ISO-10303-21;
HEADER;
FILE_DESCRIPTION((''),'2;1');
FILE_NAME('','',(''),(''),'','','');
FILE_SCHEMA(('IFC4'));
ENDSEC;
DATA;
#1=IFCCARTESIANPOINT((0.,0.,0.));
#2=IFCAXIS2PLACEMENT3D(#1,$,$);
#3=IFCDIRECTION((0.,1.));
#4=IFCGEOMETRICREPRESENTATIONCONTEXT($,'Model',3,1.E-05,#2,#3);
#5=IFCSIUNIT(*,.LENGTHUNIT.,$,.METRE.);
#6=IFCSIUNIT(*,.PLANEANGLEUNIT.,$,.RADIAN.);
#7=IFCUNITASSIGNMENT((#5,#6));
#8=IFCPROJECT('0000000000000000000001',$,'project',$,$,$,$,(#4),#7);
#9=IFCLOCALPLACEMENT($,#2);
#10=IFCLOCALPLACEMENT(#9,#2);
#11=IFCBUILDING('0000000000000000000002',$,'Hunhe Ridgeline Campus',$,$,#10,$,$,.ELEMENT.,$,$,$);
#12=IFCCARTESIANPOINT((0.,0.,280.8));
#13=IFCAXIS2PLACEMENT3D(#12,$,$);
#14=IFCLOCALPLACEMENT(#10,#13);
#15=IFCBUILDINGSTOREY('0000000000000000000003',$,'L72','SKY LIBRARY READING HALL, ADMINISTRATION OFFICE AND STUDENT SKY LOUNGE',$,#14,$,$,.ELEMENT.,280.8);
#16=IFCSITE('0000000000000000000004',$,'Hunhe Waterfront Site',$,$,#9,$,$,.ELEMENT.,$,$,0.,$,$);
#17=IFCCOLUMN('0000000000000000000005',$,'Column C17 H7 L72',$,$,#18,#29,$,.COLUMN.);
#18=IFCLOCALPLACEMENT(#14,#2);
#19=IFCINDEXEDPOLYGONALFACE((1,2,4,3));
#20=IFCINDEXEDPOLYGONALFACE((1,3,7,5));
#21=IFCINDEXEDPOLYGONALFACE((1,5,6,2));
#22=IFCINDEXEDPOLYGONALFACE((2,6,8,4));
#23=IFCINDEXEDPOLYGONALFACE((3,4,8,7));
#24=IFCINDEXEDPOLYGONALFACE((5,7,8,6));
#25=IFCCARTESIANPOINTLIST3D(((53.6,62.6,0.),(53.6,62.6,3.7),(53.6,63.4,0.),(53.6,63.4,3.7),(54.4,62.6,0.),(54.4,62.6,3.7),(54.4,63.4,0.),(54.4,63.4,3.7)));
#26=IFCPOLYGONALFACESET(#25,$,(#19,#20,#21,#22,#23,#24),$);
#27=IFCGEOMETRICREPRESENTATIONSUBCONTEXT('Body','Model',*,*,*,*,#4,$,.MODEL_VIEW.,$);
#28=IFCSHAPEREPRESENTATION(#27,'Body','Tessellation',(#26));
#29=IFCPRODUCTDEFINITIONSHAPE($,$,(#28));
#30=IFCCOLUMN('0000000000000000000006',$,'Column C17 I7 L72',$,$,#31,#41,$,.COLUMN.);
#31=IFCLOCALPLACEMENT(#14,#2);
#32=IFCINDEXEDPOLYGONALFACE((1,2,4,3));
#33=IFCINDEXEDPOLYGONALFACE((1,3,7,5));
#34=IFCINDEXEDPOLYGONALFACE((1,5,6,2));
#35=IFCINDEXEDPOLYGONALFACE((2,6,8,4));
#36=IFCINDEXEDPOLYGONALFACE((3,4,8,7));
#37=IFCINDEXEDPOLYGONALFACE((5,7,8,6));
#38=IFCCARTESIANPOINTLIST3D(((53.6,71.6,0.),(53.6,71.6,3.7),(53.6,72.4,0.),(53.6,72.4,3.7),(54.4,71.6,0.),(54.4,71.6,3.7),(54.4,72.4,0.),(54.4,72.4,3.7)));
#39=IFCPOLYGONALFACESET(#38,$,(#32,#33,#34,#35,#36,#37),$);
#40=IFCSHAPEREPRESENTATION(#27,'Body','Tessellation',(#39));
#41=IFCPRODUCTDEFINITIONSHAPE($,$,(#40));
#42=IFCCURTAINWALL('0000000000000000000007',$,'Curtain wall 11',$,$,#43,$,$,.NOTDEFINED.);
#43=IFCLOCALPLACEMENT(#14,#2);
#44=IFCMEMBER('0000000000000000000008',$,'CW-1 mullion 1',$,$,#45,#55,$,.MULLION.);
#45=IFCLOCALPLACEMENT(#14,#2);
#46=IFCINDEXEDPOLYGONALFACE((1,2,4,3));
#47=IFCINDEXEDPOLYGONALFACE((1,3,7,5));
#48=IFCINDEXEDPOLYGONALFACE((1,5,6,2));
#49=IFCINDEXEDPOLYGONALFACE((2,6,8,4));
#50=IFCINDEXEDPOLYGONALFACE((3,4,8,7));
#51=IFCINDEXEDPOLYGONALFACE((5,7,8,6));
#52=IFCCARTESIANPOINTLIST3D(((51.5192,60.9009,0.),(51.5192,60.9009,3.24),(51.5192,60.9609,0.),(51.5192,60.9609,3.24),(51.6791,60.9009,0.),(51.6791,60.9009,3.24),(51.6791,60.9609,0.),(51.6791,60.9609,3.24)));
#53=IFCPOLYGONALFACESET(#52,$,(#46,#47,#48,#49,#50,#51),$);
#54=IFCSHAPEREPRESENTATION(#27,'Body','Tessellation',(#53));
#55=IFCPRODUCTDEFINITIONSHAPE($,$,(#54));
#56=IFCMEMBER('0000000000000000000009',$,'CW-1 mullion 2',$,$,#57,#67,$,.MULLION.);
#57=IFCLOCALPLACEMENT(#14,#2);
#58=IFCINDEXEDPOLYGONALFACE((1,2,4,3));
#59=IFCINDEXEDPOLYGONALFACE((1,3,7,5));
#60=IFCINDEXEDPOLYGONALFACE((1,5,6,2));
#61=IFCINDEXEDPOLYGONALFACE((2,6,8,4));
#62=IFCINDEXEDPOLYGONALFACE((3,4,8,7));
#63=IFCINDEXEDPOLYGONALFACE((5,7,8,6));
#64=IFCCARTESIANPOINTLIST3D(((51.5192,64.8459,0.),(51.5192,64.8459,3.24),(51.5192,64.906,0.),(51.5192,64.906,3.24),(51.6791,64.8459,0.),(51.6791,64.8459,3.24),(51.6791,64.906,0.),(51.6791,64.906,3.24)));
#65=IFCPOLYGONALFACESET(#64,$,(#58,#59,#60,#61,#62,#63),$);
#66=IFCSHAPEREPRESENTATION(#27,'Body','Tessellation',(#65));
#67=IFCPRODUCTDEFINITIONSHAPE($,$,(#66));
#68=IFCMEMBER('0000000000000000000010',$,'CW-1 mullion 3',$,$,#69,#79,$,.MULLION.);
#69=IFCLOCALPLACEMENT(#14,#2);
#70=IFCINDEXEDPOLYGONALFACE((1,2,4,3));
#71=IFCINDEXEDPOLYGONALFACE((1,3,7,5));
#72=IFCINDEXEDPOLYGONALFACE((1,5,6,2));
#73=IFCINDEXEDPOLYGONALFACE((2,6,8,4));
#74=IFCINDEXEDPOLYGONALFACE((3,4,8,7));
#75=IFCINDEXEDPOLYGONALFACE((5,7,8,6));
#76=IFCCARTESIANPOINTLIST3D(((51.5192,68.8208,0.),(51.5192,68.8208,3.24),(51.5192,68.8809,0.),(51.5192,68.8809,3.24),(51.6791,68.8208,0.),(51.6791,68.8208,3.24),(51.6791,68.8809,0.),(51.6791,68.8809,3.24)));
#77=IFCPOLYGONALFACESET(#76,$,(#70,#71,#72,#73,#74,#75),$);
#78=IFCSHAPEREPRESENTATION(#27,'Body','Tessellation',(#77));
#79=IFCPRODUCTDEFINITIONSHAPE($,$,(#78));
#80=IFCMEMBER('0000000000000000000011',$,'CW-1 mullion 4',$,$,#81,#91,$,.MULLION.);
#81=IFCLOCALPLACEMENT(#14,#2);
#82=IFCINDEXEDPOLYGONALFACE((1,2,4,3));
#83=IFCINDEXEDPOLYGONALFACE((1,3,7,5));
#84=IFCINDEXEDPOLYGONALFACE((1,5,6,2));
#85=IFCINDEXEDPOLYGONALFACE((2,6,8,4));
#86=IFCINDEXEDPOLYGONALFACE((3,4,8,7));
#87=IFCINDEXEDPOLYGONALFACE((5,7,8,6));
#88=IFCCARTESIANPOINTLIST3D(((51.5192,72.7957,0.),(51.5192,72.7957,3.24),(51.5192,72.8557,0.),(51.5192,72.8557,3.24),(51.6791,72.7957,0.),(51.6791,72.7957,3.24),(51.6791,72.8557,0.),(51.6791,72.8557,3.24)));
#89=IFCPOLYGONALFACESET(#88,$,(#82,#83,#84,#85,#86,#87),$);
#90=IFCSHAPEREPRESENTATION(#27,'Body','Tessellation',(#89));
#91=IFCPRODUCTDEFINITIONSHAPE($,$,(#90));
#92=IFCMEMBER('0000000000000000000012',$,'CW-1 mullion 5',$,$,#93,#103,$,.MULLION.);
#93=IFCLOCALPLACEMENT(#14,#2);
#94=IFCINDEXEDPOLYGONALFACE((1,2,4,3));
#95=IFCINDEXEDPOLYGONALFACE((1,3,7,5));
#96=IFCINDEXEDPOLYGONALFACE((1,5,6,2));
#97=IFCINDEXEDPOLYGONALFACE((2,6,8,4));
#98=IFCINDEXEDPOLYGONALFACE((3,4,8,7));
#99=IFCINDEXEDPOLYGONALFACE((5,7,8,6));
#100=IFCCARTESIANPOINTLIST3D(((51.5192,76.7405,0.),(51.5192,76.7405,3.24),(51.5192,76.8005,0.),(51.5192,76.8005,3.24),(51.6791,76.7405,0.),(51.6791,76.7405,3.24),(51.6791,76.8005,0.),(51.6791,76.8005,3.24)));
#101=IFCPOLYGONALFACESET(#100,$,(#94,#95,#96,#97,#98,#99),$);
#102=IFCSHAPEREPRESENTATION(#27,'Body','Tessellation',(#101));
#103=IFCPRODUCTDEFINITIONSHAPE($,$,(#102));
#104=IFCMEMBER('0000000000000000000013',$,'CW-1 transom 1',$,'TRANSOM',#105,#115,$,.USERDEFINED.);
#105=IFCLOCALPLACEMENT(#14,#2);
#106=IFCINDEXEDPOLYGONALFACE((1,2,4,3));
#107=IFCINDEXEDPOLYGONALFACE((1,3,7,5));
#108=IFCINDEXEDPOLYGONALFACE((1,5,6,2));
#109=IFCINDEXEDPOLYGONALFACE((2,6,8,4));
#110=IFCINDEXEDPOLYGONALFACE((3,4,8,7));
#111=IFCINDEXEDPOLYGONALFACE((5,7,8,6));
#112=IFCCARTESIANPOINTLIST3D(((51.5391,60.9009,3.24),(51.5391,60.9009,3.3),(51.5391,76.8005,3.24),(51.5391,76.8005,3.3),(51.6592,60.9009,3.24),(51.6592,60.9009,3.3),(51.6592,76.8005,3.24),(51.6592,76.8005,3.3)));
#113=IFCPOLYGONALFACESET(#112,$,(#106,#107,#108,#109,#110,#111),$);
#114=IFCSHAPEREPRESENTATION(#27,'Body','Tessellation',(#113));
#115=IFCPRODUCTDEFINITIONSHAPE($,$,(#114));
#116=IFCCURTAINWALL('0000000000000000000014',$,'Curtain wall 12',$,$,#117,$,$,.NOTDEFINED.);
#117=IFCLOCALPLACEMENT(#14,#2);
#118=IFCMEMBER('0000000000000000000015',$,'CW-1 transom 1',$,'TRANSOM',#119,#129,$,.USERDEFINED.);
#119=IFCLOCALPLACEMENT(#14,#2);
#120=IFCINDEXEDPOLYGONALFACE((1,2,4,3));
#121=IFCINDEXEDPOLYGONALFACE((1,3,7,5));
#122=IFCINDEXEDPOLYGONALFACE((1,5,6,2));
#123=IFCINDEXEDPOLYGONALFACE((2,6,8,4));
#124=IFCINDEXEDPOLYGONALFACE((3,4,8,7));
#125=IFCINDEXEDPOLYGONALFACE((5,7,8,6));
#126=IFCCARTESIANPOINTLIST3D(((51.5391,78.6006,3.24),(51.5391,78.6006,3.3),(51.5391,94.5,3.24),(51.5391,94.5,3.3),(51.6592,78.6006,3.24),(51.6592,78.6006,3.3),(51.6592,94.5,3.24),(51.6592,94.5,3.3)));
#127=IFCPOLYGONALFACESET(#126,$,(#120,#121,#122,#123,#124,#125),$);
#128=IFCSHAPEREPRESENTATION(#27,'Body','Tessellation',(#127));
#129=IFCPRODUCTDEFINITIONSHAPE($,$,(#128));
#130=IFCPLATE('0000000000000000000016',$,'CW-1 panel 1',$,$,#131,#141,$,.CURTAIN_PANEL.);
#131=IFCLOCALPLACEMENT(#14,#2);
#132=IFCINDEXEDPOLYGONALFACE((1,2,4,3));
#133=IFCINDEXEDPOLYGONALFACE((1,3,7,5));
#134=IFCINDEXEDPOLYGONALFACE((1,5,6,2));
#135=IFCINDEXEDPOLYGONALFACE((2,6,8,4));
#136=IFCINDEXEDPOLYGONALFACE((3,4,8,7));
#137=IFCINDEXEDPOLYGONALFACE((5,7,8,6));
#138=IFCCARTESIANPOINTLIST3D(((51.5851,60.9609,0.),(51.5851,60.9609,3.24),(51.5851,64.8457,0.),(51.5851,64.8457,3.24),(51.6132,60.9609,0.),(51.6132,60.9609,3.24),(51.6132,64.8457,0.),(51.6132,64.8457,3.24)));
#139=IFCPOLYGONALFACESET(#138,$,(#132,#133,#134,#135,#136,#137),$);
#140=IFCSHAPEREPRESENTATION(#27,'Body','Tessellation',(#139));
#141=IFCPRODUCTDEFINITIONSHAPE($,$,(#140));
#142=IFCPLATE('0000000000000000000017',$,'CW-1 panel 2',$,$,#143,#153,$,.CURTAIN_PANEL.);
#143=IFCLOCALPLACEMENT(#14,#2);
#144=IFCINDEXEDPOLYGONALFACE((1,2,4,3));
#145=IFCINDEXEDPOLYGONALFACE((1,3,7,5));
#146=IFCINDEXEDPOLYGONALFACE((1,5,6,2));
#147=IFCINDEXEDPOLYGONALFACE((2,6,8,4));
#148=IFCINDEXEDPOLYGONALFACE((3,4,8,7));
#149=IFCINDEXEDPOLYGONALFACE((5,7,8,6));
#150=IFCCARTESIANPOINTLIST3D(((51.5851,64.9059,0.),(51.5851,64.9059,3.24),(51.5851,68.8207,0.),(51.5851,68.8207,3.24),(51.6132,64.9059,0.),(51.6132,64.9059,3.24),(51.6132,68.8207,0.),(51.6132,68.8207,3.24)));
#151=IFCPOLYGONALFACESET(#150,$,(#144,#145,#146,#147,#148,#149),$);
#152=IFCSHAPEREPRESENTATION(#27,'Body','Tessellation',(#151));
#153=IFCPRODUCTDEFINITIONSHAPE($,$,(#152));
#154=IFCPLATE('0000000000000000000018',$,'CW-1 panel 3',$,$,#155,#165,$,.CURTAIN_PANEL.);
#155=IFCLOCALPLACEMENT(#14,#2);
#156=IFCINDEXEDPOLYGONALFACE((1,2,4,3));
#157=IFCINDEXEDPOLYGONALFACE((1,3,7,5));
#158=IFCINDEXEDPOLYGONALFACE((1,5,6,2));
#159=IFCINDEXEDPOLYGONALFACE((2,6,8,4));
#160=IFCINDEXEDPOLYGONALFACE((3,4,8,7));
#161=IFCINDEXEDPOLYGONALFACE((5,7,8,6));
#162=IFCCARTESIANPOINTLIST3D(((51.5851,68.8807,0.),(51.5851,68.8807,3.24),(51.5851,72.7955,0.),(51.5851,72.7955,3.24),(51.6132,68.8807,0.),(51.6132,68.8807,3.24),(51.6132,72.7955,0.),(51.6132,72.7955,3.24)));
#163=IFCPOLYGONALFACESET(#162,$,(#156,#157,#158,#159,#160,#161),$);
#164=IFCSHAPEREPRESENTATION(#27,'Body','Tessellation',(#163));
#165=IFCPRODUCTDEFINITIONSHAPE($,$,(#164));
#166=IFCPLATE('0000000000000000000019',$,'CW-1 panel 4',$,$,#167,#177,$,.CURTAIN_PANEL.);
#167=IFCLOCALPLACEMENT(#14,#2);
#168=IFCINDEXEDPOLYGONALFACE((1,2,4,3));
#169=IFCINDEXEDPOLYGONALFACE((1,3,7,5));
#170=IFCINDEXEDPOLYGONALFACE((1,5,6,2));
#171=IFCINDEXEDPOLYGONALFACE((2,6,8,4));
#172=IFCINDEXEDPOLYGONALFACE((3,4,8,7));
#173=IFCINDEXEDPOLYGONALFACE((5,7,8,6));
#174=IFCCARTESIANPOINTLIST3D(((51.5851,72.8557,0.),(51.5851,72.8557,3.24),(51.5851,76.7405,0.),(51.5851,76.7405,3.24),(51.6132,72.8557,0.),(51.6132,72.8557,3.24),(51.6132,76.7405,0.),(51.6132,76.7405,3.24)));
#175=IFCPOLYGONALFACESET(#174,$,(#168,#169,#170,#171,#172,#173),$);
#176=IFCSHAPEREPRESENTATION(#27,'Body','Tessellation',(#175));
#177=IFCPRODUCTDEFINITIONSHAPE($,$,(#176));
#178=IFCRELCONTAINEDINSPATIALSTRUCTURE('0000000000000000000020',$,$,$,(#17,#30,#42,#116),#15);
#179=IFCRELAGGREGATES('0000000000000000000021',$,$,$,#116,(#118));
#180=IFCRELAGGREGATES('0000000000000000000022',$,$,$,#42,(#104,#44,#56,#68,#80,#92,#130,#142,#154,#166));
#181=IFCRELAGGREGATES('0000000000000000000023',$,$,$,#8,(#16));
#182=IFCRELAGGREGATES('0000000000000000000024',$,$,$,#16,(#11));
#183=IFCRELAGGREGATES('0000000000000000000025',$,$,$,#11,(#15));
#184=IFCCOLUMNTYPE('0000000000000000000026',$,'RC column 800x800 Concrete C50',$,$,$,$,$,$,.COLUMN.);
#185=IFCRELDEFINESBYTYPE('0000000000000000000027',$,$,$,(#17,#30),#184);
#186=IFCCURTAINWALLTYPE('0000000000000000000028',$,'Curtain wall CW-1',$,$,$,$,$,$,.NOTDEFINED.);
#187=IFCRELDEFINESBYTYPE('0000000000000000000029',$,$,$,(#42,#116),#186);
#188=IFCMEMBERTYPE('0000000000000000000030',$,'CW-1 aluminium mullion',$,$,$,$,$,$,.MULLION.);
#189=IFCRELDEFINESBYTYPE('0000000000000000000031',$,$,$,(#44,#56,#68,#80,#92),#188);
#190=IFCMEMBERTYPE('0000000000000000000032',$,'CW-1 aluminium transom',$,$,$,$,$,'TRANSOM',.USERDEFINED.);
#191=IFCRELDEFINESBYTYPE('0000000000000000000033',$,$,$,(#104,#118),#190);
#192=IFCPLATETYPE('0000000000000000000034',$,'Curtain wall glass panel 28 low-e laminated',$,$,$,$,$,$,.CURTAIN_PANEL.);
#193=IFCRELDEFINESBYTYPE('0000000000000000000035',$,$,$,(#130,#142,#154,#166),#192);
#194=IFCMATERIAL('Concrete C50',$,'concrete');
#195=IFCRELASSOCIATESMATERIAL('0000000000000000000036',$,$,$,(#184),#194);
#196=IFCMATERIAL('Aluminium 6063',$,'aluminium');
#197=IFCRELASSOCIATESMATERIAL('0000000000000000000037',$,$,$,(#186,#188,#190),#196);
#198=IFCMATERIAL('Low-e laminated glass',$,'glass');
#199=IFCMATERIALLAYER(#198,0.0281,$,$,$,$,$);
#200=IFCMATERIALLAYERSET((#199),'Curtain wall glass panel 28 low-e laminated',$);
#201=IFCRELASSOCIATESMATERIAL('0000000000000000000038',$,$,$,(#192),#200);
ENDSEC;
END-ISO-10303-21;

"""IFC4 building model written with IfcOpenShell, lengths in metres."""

from ifc_helpers import new_model, si_unit, direction, frame, origin, origin_2d, place, context, subcontext, project, spatial, rectangle, extrude, material, layer, layer_set, material_profile, profile_set, type_object, element, aggregate, save


model = new_model("IFC4")

# Units and contexts
model_context = context("Model", 3, precision=1e-05, world=origin(), true_north=direction((0.0, 1.0)))
body_context = subcontext(model_context, "Body", "Model", "MODEL_VIEW")
ifc_project = project(units=[si_unit("LENGTHUNIT", "METRE"), si_unit("PLANEANGLEUNIT", "RADIAN")], contexts=[model_context])

# Site, building, storey
site_placement = place(None, origin())
site = spatial("IfcSite", under=ifc_project, at=site_placement, Name="Hunhe Waterfront Site", CompositionType="ELEMENT", RefElevation=0.0)
building_placement = place(site_placement, origin())
building = spatial("IfcBuilding", under=site, at=building_placement, Name="Hunhe Ridgeline Campus", CompositionType="ELEMENT")
storey_placement = place(building_placement, frame((0.0, 0.0, 280.8)))
storey = spatial("IfcBuildingStorey", under=building, at=storey_placement, Name="L72", Description="SKY LIBRARY READING HALL, ADMINISTRATION OFFICE AND STUDENT SKY LOUNGE", CompositionType="ELEMENT", Elevation=280.8)

# Columns
ifc_material_1 = material(Name="Concrete C50", Category="concrete")
ifc_material_profile_1 = material_profile(ifc_material_1, rectangle(XDim=0.8, YDim=0.8, at=origin_2d()))
ifc_profile_set_1 = profile_set([ifc_material_profile_1], Name="Concrete C50")
column_type = type_object("IfcColumnType", Name="RC column 800x800 Concrete C50", PredefinedType="COLUMN", material=ifc_profile_set_1)
for number, where, z_axis, x_axis, name in (
    (1, (54.0, 63.0, 0.0), (0.0, 0.0, 1.0), (1.0, 0.0, 0.0), "Column C17 H7 L72"),
    (2, (54.0, 72.0, 0.0), (0.0, 0.0, 1.0), (1.0, 0.0, 0.0), "Column C17 I7 L72"),
):
    element("IfcColumn", number, at=place(storey_placement, frame(where, z_axis=z_axis, x_axis=x_axis)), inside=storey, type_object=column_type, Name=name, PredefinedType="COLUMN", context=body_context, shape_type="SweptSolid", body=[
        extrude(rectangle(XDim=0.8, YDim=0.8, at=origin_2d()), origin(), (0.0, 0.0, 1.0), 3.7),
    ])

# Curtain wall, members
ifc_material_2 = material(Name="Aluminium 6063", Category="aluminium")
curtain_wall_type = type_object("IfcCurtainWallType", Name="Curtain wall CW-1", PredefinedType="NOTDEFINED", material=ifc_material_2)
curtain_wall_1_placement = place(storey_placement, origin())
curtain_wall_1 = element("IfcCurtainWall", 3, at=curtain_wall_1_placement, inside=storey, type_object=curtain_wall_type, Name="Curtain wall 11", PredefinedType="NOTDEFINED")
ifc_material_profile_2 = material_profile(ifc_material_2, rectangle(XDim=0.1599, YDim=0.0601, at=origin_2d()))
ifc_profile_set_2 = profile_set([ifc_material_profile_2], Name="Aluminium 6063")
member_type_1 = type_object("IfcMemberType", Name="CW-1 aluminium mullion", PredefinedType="MULLION", material=ifc_profile_set_2)
member_1_placement = place(storey_placement, frame((51.5991, 60.9309, 0.0), z_axis=(0.0, 0.0, 1.0), x_axis=(-1.0, 0.0, 0.0)))
member_1 = element("IfcMember", 4, at=member_1_placement, type_object=member_type_1, Name="CW-1 mullion 1", PredefinedType="MULLION", context=body_context, shape_type="SweptSolid", body=[
    extrude(rectangle(XDim=0.1599, YDim=0.0601, at=origin_2d()), origin(), (0.0, 0.0, 1.0), 3.24),
])
member_2_placement = place(storey_placement, frame((51.5991, 64.876, 0.0), z_axis=(0.0, 0.0, 1.0), x_axis=(-1.0, 0.0, 0.0)))
member_2 = element("IfcMember", 5, at=member_2_placement, type_object=member_type_1, Name="CW-1 mullion 2", PredefinedType="MULLION", context=body_context, shape_type="SweptSolid", body=[
    extrude(rectangle(XDim=0.1599, YDim=0.0601, at=origin_2d()), origin(), (0.0, 0.0, 1.0), 3.24),
])
member_3_placement = place(storey_placement, frame((51.5991, 68.8508, 0.0), z_axis=(0.0, 0.0, 1.0), x_axis=(-1.0, 0.0, 0.0)))
member_3 = element("IfcMember", 6, at=member_3_placement, type_object=member_type_1, Name="CW-1 mullion 3", PredefinedType="MULLION", context=body_context, shape_type="SweptSolid", body=[
    extrude(rectangle(XDim=0.1599, YDim=0.0601, at=origin_2d()), origin(), (0.0, 0.0, 1.0), 3.24),
])
member_4_placement = place(storey_placement, frame((51.5991, 72.8257, 0.0), z_axis=(0.0, 0.0, 1.0), x_axis=(-1.0, 0.0, 0.0)))
member_4 = element("IfcMember", 7, at=member_4_placement, type_object=member_type_1, Name="CW-1 mullion 4", PredefinedType="MULLION", context=body_context, shape_type="SweptSolid", body=[
    extrude(rectangle(XDim=0.1599, YDim=0.0601, at=origin_2d()), origin(), (0.0, 0.0, 1.0), 3.24),
])
member_5_placement = place(storey_placement, frame((51.5991, 76.7705, 0.0), z_axis=(0.0, 0.0, 1.0), x_axis=(-1.0, 0.0, 0.0)))
member_5 = element("IfcMember", 8, at=member_5_placement, type_object=member_type_1, Name="CW-1 mullion 5", PredefinedType="MULLION", context=body_context, shape_type="SweptSolid", body=[
    extrude(rectangle(XDim=0.1599, YDim=0.0601, at=origin_2d()), origin(), (0.0, 0.0, 1.0), 3.24),
])
ifc_material_profile_3 = material_profile(ifc_material_2, rectangle(XDim=0.1201, YDim=0.0601, at=origin_2d()))
ifc_profile_set_3 = profile_set([ifc_material_profile_3], Name="Aluminium 6063")
member_type_2 = type_object("IfcMemberType", Name="CW-1 aluminium transom", ElementType="TRANSOM", PredefinedType="USERDEFINED", material=ifc_profile_set_3)
member_6_placement = place(storey_placement, frame((51.5991, 60.9009, 3.27), z_axis=(0.0, 1.0, 0.0), x_axis=(-1.0, 0.0, 0.0)))
member_6 = element("IfcMember", 9, at=member_6_placement, type_object=member_type_2, Name="CW-1 transom 1", ObjectType="TRANSOM", PredefinedType="USERDEFINED", context=body_context, shape_type="SweptSolid", body=[
    extrude(rectangle(XDim=0.1201, YDim=0.0601, at=origin_2d()), origin(), (0.0, 0.0, 1.0), 15.8997),
])

# Curtain wall, member
curtain_wall_2_placement = place(storey_placement, origin())
curtain_wall_2 = element("IfcCurtainWall", 10, at=curtain_wall_2_placement, inside=storey, type_object=curtain_wall_type, Name="Curtain wall 12", PredefinedType="NOTDEFINED")
member_7_placement = place(storey_placement, frame((51.5991, 78.6006, 3.27), z_axis=(0.0, 1.0, 0.0), x_axis=(-1.0, 0.0, 0.0)))
member_7 = element("IfcMember", 11, at=member_7_placement, type_object=member_type_2, Name="CW-1 transom 1", ObjectType="TRANSOM", PredefinedType="USERDEFINED", context=body_context, shape_type="SweptSolid", body=[
    extrude(rectangle(XDim=0.1201, YDim=0.0601, at=origin_2d()), origin(), (0.0, 0.0, 1.0), 15.8994),
])
aggregate(curtain_wall_2, [member_7])

# Plates
ifc_material_3 = material(Name="Low-e laminated glass", Category="glass")
ifc_layer_1 = layer(ifc_material_3, 0.0281)
ifc_layer_set_1 = layer_set([ifc_layer_1], Name="Curtain wall glass panel 28 low-e laminated")
plate_type = type_object("IfcPlateType", Name="Curtain wall glass panel 28 low-e laminated", PredefinedType="CURTAIN_PANEL", material=ifc_layer_set_1)
plate_1_placement = place(storey_placement, frame((51.5991, 62.9033, 0.0), z_axis=(0.0, 0.0, 1.0), x_axis=(0.0, 1.0, 0.0)))
plate_1 = element("IfcPlate", 12, at=plate_1_placement, type_object=plate_type, Name="CW-1 panel 1", PredefinedType="CURTAIN_PANEL", context=body_context, shape_type="SweptSolid", body=[
    extrude(rectangle(XDim=3.8848, YDim=0.0281, at=origin_2d()), origin(), (0.0, 0.0, 1.0), 3.24),
])
plate_2_placement = place(storey_placement, frame((51.5991, 66.8633, 0.0), z_axis=(0.0, 0.0, 1.0), x_axis=(0.0, 1.0, 0.0)))
plate_2 = element("IfcPlate", 13, at=plate_2_placement, type_object=plate_type, Name="CW-1 panel 2", PredefinedType="CURTAIN_PANEL", context=body_context, shape_type="SweptSolid", body=[
    extrude(rectangle(XDim=3.9148, YDim=0.0281, at=origin_2d()), origin(), (0.0, 0.0, 1.0), 3.24),
])
plate_3_placement = place(storey_placement, frame((51.5991, 70.8381, 0.0), z_axis=(0.0, 0.0, 1.0), x_axis=(0.0, 1.0, 0.0)))
plate_3 = element("IfcPlate", 14, at=plate_3_placement, type_object=plate_type, Name="CW-1 panel 3", PredefinedType="CURTAIN_PANEL", context=body_context, shape_type="SweptSolid", body=[
    extrude(rectangle(XDim=3.9148, YDim=0.0281, at=origin_2d()), origin(), (0.0, 0.0, 1.0), 3.24),
])
plate_4_placement = place(storey_placement, frame((51.5991, 74.7981, 0.0), z_axis=(0.0, 0.0, 1.0), x_axis=(0.0, 1.0, 0.0)))
plate_4 = element("IfcPlate", 15, at=plate_4_placement, type_object=plate_type, Name="CW-1 panel 4", PredefinedType="CURTAIN_PANEL", context=body_context, shape_type="SweptSolid", body=[
    extrude(rectangle(XDim=3.8848, YDim=0.0281, at=origin_2d()), origin(), (0.0, 0.0, 1.0), 3.24),
])
aggregate(curtain_wall_1, [member_6, member_1, member_2, member_3, member_4, member_5, plate_1, plate_2, plate_3, plate_4])

save(model, "model.ifc")
